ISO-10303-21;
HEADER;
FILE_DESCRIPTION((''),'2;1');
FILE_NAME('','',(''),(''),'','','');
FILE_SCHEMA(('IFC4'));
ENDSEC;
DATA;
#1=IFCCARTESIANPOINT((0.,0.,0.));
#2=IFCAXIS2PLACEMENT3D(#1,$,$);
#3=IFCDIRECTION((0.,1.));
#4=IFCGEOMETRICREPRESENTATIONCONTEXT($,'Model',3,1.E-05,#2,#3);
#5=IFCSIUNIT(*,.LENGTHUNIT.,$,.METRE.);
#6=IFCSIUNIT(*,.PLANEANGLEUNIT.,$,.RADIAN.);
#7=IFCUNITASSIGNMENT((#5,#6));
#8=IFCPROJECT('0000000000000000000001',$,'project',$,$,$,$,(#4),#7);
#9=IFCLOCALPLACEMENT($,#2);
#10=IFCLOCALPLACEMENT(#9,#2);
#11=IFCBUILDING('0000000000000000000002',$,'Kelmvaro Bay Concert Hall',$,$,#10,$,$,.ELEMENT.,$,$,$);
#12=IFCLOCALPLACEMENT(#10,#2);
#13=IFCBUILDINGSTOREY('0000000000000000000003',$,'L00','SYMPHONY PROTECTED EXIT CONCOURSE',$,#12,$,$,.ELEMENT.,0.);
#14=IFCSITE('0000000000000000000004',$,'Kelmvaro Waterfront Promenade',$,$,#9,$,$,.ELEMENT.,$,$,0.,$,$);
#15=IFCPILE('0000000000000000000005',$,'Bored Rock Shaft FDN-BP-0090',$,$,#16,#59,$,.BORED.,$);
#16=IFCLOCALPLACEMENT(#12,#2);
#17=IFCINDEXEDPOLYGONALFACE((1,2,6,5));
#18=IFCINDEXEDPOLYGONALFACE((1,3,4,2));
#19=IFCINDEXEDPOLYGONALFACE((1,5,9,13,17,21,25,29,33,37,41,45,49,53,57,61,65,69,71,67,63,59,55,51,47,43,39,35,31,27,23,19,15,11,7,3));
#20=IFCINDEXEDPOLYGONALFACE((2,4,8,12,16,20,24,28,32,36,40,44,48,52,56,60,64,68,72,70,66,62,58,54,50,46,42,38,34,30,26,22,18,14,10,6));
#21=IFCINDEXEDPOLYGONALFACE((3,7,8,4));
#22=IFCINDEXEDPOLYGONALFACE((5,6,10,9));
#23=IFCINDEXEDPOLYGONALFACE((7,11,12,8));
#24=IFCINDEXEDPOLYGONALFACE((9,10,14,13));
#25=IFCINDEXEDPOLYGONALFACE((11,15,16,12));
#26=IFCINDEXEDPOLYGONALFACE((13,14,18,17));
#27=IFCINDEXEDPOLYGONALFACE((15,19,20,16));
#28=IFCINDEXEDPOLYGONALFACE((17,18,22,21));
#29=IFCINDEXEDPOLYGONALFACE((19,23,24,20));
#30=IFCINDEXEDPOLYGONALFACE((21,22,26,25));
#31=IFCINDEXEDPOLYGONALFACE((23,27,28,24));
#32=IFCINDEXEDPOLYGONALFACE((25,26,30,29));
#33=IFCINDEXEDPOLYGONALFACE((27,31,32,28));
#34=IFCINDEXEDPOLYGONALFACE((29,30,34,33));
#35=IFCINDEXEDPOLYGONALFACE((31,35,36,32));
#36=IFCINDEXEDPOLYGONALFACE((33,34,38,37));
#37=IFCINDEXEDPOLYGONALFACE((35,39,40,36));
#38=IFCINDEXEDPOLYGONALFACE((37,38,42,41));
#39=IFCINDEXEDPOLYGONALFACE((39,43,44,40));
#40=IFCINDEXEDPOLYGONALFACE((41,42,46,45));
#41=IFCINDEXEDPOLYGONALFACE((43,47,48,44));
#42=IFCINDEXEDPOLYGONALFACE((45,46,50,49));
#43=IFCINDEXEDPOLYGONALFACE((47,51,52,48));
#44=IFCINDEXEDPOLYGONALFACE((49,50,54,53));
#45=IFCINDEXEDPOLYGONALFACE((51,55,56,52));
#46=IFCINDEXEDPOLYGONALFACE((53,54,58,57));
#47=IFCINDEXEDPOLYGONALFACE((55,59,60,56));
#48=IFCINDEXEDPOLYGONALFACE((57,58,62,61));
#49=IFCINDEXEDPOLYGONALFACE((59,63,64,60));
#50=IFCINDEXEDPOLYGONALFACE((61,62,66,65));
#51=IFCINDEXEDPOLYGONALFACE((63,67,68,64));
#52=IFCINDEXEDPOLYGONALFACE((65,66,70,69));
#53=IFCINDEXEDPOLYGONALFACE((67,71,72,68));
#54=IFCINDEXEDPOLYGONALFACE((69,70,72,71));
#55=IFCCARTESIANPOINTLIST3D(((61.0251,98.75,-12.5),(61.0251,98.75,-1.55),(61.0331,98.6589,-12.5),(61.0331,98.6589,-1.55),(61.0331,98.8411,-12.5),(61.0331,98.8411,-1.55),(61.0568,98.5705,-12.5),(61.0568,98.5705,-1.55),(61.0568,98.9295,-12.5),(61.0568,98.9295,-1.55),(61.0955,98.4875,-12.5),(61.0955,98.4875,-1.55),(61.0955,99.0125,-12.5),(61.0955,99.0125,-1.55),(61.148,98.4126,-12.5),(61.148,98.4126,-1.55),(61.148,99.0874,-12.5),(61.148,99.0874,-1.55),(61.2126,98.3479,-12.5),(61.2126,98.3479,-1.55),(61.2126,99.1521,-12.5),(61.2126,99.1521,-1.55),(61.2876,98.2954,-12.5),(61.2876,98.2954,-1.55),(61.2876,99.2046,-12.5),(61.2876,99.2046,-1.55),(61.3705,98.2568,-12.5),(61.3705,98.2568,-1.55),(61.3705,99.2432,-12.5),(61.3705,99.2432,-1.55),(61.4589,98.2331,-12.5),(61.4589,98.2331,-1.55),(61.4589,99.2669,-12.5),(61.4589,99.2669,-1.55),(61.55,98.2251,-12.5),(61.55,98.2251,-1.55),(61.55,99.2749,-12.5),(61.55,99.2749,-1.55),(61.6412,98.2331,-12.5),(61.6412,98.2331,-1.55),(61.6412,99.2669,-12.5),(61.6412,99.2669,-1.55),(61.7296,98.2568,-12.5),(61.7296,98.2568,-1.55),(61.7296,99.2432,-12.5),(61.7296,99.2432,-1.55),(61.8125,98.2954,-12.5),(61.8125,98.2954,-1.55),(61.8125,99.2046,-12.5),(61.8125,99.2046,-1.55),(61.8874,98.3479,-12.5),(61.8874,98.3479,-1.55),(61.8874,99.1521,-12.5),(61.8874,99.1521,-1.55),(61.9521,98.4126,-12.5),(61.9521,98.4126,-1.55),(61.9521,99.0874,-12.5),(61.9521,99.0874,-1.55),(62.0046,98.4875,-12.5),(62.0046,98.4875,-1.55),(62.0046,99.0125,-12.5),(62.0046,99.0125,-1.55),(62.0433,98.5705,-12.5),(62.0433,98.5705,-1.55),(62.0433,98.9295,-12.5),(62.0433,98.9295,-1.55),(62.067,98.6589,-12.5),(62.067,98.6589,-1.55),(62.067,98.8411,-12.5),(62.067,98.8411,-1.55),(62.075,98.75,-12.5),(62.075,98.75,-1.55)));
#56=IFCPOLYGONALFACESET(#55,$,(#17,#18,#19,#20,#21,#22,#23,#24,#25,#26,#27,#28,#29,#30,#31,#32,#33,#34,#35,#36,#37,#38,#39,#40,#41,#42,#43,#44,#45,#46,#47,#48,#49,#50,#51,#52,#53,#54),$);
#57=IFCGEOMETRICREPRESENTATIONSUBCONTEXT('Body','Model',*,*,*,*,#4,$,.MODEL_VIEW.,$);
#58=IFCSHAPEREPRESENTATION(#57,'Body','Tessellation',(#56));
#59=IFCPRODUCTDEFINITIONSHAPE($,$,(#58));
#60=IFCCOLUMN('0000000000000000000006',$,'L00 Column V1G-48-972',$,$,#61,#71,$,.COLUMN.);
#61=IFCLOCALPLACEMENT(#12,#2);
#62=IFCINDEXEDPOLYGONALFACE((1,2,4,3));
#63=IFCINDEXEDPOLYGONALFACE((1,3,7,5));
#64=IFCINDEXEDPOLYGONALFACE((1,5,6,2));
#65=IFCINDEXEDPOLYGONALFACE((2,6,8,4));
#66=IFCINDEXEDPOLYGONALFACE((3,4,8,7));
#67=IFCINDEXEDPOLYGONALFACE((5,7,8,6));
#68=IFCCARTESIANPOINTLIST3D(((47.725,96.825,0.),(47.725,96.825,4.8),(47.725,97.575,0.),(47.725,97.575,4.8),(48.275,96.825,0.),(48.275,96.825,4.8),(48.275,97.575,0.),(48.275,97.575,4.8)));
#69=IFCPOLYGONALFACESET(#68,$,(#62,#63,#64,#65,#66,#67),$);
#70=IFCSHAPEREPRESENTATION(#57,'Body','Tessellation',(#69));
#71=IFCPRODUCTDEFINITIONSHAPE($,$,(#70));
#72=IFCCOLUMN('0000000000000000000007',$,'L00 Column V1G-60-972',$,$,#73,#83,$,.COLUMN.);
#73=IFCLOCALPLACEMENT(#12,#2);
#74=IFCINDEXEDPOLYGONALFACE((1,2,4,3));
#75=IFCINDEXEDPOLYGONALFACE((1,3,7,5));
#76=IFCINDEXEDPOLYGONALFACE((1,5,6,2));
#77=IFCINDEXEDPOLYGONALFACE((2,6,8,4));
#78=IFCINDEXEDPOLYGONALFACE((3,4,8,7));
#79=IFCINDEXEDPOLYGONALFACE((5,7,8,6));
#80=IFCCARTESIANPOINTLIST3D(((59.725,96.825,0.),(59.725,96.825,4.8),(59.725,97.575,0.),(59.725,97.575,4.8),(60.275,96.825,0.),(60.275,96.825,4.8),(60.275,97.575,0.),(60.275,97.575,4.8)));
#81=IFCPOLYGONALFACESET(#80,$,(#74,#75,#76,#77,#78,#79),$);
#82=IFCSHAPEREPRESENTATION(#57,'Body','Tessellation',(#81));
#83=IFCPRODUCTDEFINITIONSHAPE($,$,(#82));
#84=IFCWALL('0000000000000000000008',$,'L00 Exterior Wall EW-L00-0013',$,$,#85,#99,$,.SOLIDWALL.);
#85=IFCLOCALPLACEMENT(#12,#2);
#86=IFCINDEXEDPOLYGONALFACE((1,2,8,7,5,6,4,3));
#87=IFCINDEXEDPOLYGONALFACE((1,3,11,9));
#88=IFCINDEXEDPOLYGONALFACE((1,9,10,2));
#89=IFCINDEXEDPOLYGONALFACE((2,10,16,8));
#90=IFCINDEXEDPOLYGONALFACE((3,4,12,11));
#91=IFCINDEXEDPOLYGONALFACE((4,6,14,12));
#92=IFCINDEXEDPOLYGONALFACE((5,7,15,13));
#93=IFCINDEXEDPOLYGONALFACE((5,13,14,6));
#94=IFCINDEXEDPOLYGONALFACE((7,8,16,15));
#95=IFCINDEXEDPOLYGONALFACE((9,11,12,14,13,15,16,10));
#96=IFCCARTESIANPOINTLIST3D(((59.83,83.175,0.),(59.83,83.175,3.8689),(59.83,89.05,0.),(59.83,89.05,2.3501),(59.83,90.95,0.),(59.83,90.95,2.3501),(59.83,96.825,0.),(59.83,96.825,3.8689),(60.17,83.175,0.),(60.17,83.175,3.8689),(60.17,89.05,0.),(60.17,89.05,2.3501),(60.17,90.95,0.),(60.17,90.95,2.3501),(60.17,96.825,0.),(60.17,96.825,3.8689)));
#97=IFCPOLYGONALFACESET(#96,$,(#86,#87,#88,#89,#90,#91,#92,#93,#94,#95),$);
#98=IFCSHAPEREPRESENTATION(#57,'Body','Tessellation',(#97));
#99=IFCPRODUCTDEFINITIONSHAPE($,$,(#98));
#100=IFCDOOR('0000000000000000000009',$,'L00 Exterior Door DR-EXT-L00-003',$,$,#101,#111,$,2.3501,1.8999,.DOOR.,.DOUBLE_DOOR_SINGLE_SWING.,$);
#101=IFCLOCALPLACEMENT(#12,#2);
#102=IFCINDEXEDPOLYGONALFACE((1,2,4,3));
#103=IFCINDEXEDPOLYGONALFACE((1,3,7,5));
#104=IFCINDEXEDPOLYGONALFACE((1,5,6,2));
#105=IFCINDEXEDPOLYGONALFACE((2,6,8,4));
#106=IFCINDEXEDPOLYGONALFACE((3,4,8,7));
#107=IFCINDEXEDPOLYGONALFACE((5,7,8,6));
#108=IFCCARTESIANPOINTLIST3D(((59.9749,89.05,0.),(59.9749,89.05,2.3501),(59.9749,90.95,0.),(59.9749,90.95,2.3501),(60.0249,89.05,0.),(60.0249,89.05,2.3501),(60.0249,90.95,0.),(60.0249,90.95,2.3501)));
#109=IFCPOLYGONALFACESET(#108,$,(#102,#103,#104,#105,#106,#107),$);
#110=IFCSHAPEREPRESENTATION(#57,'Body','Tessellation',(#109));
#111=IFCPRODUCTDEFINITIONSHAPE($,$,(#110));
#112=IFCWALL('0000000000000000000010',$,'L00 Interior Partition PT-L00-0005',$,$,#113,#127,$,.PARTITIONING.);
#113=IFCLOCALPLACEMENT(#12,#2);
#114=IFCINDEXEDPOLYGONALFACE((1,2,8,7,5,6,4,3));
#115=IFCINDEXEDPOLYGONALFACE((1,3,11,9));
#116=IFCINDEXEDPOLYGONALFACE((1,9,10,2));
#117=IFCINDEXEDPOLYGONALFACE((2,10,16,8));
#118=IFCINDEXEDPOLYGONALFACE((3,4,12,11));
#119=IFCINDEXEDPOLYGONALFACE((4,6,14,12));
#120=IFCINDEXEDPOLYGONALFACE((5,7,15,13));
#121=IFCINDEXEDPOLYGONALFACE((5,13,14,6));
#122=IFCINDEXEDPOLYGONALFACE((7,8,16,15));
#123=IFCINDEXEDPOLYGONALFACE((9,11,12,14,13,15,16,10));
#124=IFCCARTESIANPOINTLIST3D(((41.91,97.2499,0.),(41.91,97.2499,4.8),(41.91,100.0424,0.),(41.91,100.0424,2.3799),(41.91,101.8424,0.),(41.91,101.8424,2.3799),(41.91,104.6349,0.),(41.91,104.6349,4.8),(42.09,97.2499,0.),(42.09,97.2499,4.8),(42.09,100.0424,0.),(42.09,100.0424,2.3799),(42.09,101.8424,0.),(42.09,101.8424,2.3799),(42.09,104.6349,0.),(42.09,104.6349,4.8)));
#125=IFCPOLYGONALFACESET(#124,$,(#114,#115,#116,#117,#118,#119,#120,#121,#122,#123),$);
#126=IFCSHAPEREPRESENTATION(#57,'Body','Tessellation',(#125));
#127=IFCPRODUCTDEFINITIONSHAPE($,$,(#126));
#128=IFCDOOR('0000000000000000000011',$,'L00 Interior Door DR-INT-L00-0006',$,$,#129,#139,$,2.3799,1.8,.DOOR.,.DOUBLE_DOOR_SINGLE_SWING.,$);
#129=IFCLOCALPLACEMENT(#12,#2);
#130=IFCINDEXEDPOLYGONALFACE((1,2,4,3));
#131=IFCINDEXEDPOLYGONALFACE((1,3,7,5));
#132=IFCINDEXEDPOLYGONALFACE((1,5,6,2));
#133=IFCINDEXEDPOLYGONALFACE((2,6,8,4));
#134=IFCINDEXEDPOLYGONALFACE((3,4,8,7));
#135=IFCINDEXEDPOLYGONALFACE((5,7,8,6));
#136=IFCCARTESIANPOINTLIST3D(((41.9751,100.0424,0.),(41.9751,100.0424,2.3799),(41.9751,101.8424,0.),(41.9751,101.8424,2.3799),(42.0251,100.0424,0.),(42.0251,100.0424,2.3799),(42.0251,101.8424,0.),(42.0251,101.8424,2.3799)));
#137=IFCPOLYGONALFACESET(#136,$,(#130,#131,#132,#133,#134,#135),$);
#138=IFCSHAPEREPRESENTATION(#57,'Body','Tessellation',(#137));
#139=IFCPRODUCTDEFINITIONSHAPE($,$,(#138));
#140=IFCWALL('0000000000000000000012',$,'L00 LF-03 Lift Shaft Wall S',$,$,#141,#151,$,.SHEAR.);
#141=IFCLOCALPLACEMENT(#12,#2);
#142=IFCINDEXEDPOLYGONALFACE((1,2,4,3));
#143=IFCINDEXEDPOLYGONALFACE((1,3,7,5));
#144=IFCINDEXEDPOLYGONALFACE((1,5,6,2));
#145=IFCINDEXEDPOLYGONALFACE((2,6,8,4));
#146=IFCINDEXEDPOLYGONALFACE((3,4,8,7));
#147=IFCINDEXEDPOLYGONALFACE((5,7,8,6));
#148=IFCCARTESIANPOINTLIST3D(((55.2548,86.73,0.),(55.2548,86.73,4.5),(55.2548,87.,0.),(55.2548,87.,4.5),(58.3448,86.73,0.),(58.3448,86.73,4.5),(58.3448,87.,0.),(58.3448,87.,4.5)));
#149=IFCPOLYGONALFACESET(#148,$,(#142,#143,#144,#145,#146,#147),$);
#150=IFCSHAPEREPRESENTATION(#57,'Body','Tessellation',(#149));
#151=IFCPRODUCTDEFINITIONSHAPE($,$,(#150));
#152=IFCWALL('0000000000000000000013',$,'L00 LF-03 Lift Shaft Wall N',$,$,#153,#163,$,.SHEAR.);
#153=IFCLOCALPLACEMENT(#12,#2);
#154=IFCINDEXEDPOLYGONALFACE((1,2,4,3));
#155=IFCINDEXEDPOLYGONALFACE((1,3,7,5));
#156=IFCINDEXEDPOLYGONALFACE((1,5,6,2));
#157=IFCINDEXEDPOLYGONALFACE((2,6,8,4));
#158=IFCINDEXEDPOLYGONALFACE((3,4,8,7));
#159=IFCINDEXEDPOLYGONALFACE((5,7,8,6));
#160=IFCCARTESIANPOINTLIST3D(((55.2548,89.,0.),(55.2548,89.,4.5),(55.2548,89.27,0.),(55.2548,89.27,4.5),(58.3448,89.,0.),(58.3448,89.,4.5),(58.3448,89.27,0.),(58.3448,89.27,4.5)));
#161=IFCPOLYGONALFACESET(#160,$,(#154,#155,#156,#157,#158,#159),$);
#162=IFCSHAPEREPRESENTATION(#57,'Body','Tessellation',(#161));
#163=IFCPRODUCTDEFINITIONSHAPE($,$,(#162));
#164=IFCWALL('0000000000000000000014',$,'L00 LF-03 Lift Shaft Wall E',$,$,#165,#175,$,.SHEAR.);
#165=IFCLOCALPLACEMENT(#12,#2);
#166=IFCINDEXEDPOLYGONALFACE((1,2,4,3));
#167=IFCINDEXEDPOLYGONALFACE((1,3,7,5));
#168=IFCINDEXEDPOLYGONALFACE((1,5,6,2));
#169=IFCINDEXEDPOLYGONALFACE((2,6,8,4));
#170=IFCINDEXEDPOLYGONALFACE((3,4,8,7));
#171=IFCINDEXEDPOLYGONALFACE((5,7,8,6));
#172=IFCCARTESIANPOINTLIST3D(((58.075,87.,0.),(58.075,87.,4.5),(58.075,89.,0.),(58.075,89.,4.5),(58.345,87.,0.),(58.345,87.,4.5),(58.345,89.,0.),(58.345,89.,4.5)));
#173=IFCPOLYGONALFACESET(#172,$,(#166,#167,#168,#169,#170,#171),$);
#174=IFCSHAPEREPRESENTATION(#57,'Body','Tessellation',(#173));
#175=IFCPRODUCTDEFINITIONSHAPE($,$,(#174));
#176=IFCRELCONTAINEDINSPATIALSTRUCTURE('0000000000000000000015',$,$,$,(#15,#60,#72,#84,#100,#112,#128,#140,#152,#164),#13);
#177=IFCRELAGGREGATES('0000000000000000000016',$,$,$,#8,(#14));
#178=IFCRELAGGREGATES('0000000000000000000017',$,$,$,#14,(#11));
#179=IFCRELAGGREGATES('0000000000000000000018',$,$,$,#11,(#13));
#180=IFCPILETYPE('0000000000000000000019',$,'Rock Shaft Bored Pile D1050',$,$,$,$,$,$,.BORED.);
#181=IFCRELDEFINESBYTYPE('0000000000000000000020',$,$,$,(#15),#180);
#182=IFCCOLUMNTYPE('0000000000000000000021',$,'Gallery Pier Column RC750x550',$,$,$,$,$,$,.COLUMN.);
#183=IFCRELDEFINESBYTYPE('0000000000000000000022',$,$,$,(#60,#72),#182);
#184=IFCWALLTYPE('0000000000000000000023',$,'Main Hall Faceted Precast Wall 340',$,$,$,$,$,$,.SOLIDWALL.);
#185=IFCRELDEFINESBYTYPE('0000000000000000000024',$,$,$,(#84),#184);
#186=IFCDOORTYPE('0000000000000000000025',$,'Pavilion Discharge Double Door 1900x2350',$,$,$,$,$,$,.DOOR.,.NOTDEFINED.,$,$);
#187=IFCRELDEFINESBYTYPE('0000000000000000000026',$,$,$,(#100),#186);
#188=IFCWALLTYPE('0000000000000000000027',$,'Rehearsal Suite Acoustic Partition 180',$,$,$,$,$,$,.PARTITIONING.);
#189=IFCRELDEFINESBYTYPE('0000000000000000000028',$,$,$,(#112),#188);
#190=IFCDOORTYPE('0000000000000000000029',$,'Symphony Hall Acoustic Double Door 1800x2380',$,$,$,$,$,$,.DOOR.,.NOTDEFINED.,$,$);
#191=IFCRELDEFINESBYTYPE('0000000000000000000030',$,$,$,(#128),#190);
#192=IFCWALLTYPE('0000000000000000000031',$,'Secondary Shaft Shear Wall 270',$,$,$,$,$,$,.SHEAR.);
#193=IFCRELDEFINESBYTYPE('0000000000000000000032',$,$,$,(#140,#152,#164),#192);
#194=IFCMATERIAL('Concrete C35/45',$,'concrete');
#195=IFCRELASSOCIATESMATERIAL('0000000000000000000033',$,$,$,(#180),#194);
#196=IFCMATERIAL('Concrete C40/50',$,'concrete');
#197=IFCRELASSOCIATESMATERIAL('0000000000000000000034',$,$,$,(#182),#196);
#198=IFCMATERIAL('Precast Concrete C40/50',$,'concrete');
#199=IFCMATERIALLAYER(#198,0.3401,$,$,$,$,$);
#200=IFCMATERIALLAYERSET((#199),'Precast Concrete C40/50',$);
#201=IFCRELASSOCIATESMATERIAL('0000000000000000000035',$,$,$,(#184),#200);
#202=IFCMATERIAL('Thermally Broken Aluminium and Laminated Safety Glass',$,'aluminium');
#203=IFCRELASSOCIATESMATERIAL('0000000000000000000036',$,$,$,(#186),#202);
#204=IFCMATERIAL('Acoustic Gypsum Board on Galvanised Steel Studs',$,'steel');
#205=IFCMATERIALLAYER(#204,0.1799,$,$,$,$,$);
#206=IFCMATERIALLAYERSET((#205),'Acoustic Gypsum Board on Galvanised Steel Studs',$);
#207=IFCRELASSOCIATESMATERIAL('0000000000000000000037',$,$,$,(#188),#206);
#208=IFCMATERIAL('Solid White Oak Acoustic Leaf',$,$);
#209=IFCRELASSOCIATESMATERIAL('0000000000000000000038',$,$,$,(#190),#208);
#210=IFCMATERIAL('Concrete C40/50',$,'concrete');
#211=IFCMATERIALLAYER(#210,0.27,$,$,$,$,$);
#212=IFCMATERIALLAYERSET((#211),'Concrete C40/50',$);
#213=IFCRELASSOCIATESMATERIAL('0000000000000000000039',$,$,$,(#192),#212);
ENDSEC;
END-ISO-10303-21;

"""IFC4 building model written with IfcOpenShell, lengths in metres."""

from ifc_helpers import new_model, si_unit, direction, frame, frame_2d, origin, origin_2d, place, context, subcontext, project, spatial, rectangle, circle, extrude, material, layer, layer_set, material_profile, profile_set, type_object, element, fill, save


model = new_model("IFC4")

# Units and contexts
model_context = context("Model", 3, precision=1e-05, world=origin(), true_north=direction((0.0, 1.0)))
body_context = subcontext(model_context, "Body", "Model", "MODEL_VIEW")
ifc_project = project(units=[si_unit("LENGTHUNIT", "METRE"), si_unit("PLANEANGLEUNIT", "RADIAN")], contexts=[model_context])

# Site, building, storey
site_placement = place(None, origin())
site = spatial("IfcSite", under=ifc_project, at=site_placement, Name="Kelmvaro Waterfront Promenade", CompositionType="ELEMENT", RefElevation=0.0)
building_placement = place(site_placement, origin())
building = spatial("IfcBuilding", under=site, at=building_placement, Name="Kelmvaro Bay Concert Hall", CompositionType="ELEMENT")
storey_placement = place(building_placement, origin())
storey = spatial("IfcBuildingStorey", under=building, at=storey_placement, Name="L00", Description="SYMPHONY PROTECTED EXIT CONCOURSE", CompositionType="ELEMENT", Elevation=0.0)

# Pile
ifc_material_1 = material(Name="Concrete C35/45", Category="concrete")
ifc_material_profile_1 = material_profile(ifc_material_1, circle(Radius=0.5249, at=origin_2d()), Name="PILE-BORED-1050")
ifc_profile_set_1 = profile_set([ifc_material_profile_1], Name="Concrete C35/45")
pile_type = type_object("IfcPileType", Name="Rock Shaft Bored Pile D1050", PredefinedType="BORED", material=ifc_profile_set_1)
for number, where, z_axis, x_axis, name in (
    (1, (61.55, 98.75, -1.55), (0.0, 0.0, -1.0), (1.0, 0.0, 0.0), "Bored Rock Shaft FDN-BP-0090"),
):
    element("IfcPile", number, at=place(storey_placement, frame(where, z_axis=z_axis, x_axis=x_axis)), inside=storey, type_object=pile_type, Name=name, PredefinedType="BORED", context=body_context, shape_type="SweptSolid", body=[
        extrude(circle(Radius=0.5249, at=origin_2d()), origin(), (0.0, 0.0, 1.0), 10.95),
    ])

# Columns
ifc_material_2 = material(Name="Concrete C40/50", Category="concrete")
ifc_material_profile_2 = material_profile(ifc_material_2, rectangle(XDim=0.55, YDim=0.75, at=origin_2d()), Name="RC-COL-750X550")
ifc_profile_set_2 = profile_set([ifc_material_profile_2], Name="Concrete C40/50")
column_type = type_object("IfcColumnType", Name="Gallery Pier Column RC750x550", PredefinedType="COLUMN", material=ifc_profile_set_2)
for number, where, z_axis, x_axis, name in (
    (2, (48.0, 97.2, 0.0), (0.0, 0.0, 1.0), (1.0, 0.0, 0.0), "L00 Column V1G-48-972"),
    (3, (60.0, 97.2, 0.0), (0.0, 0.0, 1.0), (1.0, 0.0, 0.0), "L00 Column V1G-60-972"),
):
    element("IfcColumn", number, at=place(storey_placement, frame(where, z_axis=z_axis, x_axis=x_axis)), inside=storey, type_object=column_type, Name=name, PredefinedType="COLUMN", context=body_context, shape_type="SweptSolid", body=[
        extrude(rectangle(XDim=0.55, YDim=0.75, at=origin_2d()), origin(), (0.0, 0.0, 1.0), 4.8),
    ])

# Walls, openings, doors
ifc_material_3 = material(Name="Precast Concrete C40/50", Category="concrete")
ifc_layer_1 = layer(ifc_material_3, 0.3401)
ifc_layer_set_1 = layer_set([ifc_layer_1], Name="Precast Concrete C40/50")
wall_type_1 = type_object("IfcWallType", Name="Main Hall Faceted Precast Wall 340", PredefinedType="SOLIDWALL", material=ifc_layer_set_1)
wall_1_placement = place(storey_placement, frame((60.0, 96.825, 0.0), z_axis=(0.0, 0.0, 1.0), x_axis=(0.0, -1.0, 0.0)))
wall_1 = element("IfcWall", 4, at=wall_1_placement, inside=storey, type_object=wall_type_1, Name="L00 Exterior Wall EW-L00-0013", PredefinedType="SOLIDWALL", context=body_context, shape_type="SweptSolid", body=[
    extrude(rectangle(XDim=13.6499, YDim=0.3401, at=frame_2d((6.825, 0.0))), origin(), (0.0, 0.0, 1.0), 3.8689),
])
opening_1_placement = place(wall_1_placement, frame((5.875, 0.0, 0.0)))
opening_1 = element("IfcOpeningElement", 5, at=opening_1_placement, cuts=wall_1, PredefinedType="OPENING", context=body_context, shape_type="SweptSolid", body=[
    extrude(rectangle(XDim=1.8999, YDim=2.3501, at=frame_2d((0.95, 1.175))), frame((0.0, 0.1799, 0.0), z_axis=(0.0, -1.0, 0.0), x_axis=(1.0, 0.0, 0.0)), (0.0, 0.0, 1.0), 0.3601),
])
ifc_material_4 = material(Name="Thermally Broken Aluminium and Laminated Safety Glass", Category="aluminium")
door_type_1 = type_object("IfcDoorType", Name="Pavilion Discharge Double Door 1900x2350", OperationType="NOTDEFINED", PredefinedType="DOOR", material=ifc_material_4)
door_1_placement = place(opening_1_placement, origin())
door_1 = element("IfcDoor", 6, at=door_1_placement, inside=storey, type_object=door_type_1, Name="L00 Exterior Door DR-EXT-L00-003", OperationType="DOUBLE_DOOR_SINGLE_SWING", OverallHeight=2.3501, OverallWidth=1.8999, PredefinedType="DOOR", context=body_context, shape_type="SweptSolid", body=[
    extrude(rectangle(XDim=1.8999, YDim=2.3501, at=frame_2d((0.95, 1.175))), frame((0.0, 0.0249, 0.0), z_axis=(0.0, -1.0, 0.0), x_axis=(1.0, 0.0, 0.0)), (0.0, 0.0, 1.0), 0.05),
])
fill(opening_1, door_1)
ifc_material_5 = material(Name="Acoustic Gypsum Board on Galvanised Steel Studs", Category="steel")
ifc_layer_2 = layer(ifc_material_5, 0.1799)
ifc_layer_set_2 = layer_set([ifc_layer_2], Name="Acoustic Gypsum Board on Galvanised Steel Studs")
wall_type_2 = type_object("IfcWallType", Name="Rehearsal Suite Acoustic Partition 180", PredefinedType="PARTITIONING", material=ifc_layer_set_2)
wall_2_placement = place(storey_placement, frame((42.0, 97.25, 0.0), z_axis=(0.0, 0.0, 1.0), x_axis=(0.0, 1.0, 0.0)))
wall_2 = element("IfcWall", 7, at=wall_2_placement, inside=storey, type_object=wall_type_2, Name="L00 Interior Partition PT-L00-0005", PredefinedType="PARTITIONING", context=body_context, shape_type="SweptSolid", body=[
    extrude(rectangle(XDim=7.385, YDim=0.1799, at=frame_2d((3.6924, 0.0))), origin(), (0.0, 0.0, 1.0), 4.8),
])
opening_2_placement = place(wall_2_placement, frame((2.7925, 0.0, 0.0)))
opening_2 = element("IfcOpeningElement", 8, at=opening_2_placement, cuts=wall_2, PredefinedType="OPENING", context=body_context, shape_type="SweptSolid", body=[
    extrude(rectangle(XDim=1.8, YDim=2.3799, at=frame_2d((0.8999, 1.1899))), frame((0.0, 0.0999, 0.0), z_axis=(0.0, -1.0, 0.0), x_axis=(1.0, 0.0, 0.0)), (0.0, 0.0, 1.0), 0.2),
])
ifc_material_6 = material(Name="Solid White Oak Acoustic Leaf")
door_type_2 = type_object("IfcDoorType", Name="Symphony Hall Acoustic Double Door 1800x2380", OperationType="NOTDEFINED", PredefinedType="DOOR", material=ifc_material_6)
door_2_placement = place(opening_2_placement, origin())
door_2 = element("IfcDoor", 9, at=door_2_placement, inside=storey, type_object=door_type_2, Name="L00 Interior Door DR-INT-L00-0006", OperationType="DOUBLE_DOOR_SINGLE_SWING", OverallHeight=2.3799, OverallWidth=1.8, PredefinedType="DOOR", context=body_context, shape_type="SweptSolid", body=[
    extrude(rectangle(XDim=1.8, YDim=2.3799, at=frame_2d((0.8999, 1.1899))), frame((0.0, 0.0249, 0.0), z_axis=(0.0, -1.0, 0.0), x_axis=(1.0, 0.0, 0.0)), (0.0, 0.0, 1.0), 0.05),
])
fill(opening_2, door_2)

# Walls
ifc_material_7 = material(Name="Concrete C40/50", Category="concrete")
ifc_layer_3 = layer(ifc_material_7, 0.27)
ifc_layer_set_3 = layer_set([ifc_layer_3], Name="Concrete C40/50")
wall_type_3 = type_object("IfcWallType", Name="Secondary Shaft Shear Wall 270", PredefinedType="SHEAR", material=ifc_layer_set_3)
for number, where, z_axis, x_axis, name in (
    (10, (55.2549, 86.865, 0.0), (0.0, 0.0, 1.0), (1.0, 0.0, 0.0), "L00 LF-03 Lift Shaft Wall S"),
    (11, (55.2549, 89.135, 0.0), (0.0, 0.0, 1.0), (1.0, 0.0, 0.0), "L00 LF-03 Lift Shaft Wall N"),
):
    element("IfcWall", number, at=place(storey_placement, frame(where, z_axis=z_axis, x_axis=x_axis)), inside=storey, type_object=wall_type_3, Name=name, PredefinedType="SHEAR", context=body_context, shape_type="SweptSolid", body=[
        extrude(rectangle(XDim=3.0901, YDim=0.27, at=frame_2d((1.5449, 0.0))), origin(), (0.0, 0.0, 1.0), 4.5),
    ])

# Wall
wall_3_placement = place(storey_placement, frame((58.21, 87.0, 0.0), z_axis=(0.0, 0.0, 1.0), x_axis=(0.0, 1.0, 0.0)))
element("IfcWall", 12, at=wall_3_placement, inside=storey, type_object=wall_type_3, Name="L00 LF-03 Lift Shaft Wall E", PredefinedType="SHEAR", context=body_context, shape_type="SweptSolid", body=[
    extrude(rectangle(XDim=2.0, YDim=0.27, at=frame_2d((1.0, 0.0))), origin(), (0.0, 0.0, 1.0), 4.5),
])

save(model, "model.ifc")
